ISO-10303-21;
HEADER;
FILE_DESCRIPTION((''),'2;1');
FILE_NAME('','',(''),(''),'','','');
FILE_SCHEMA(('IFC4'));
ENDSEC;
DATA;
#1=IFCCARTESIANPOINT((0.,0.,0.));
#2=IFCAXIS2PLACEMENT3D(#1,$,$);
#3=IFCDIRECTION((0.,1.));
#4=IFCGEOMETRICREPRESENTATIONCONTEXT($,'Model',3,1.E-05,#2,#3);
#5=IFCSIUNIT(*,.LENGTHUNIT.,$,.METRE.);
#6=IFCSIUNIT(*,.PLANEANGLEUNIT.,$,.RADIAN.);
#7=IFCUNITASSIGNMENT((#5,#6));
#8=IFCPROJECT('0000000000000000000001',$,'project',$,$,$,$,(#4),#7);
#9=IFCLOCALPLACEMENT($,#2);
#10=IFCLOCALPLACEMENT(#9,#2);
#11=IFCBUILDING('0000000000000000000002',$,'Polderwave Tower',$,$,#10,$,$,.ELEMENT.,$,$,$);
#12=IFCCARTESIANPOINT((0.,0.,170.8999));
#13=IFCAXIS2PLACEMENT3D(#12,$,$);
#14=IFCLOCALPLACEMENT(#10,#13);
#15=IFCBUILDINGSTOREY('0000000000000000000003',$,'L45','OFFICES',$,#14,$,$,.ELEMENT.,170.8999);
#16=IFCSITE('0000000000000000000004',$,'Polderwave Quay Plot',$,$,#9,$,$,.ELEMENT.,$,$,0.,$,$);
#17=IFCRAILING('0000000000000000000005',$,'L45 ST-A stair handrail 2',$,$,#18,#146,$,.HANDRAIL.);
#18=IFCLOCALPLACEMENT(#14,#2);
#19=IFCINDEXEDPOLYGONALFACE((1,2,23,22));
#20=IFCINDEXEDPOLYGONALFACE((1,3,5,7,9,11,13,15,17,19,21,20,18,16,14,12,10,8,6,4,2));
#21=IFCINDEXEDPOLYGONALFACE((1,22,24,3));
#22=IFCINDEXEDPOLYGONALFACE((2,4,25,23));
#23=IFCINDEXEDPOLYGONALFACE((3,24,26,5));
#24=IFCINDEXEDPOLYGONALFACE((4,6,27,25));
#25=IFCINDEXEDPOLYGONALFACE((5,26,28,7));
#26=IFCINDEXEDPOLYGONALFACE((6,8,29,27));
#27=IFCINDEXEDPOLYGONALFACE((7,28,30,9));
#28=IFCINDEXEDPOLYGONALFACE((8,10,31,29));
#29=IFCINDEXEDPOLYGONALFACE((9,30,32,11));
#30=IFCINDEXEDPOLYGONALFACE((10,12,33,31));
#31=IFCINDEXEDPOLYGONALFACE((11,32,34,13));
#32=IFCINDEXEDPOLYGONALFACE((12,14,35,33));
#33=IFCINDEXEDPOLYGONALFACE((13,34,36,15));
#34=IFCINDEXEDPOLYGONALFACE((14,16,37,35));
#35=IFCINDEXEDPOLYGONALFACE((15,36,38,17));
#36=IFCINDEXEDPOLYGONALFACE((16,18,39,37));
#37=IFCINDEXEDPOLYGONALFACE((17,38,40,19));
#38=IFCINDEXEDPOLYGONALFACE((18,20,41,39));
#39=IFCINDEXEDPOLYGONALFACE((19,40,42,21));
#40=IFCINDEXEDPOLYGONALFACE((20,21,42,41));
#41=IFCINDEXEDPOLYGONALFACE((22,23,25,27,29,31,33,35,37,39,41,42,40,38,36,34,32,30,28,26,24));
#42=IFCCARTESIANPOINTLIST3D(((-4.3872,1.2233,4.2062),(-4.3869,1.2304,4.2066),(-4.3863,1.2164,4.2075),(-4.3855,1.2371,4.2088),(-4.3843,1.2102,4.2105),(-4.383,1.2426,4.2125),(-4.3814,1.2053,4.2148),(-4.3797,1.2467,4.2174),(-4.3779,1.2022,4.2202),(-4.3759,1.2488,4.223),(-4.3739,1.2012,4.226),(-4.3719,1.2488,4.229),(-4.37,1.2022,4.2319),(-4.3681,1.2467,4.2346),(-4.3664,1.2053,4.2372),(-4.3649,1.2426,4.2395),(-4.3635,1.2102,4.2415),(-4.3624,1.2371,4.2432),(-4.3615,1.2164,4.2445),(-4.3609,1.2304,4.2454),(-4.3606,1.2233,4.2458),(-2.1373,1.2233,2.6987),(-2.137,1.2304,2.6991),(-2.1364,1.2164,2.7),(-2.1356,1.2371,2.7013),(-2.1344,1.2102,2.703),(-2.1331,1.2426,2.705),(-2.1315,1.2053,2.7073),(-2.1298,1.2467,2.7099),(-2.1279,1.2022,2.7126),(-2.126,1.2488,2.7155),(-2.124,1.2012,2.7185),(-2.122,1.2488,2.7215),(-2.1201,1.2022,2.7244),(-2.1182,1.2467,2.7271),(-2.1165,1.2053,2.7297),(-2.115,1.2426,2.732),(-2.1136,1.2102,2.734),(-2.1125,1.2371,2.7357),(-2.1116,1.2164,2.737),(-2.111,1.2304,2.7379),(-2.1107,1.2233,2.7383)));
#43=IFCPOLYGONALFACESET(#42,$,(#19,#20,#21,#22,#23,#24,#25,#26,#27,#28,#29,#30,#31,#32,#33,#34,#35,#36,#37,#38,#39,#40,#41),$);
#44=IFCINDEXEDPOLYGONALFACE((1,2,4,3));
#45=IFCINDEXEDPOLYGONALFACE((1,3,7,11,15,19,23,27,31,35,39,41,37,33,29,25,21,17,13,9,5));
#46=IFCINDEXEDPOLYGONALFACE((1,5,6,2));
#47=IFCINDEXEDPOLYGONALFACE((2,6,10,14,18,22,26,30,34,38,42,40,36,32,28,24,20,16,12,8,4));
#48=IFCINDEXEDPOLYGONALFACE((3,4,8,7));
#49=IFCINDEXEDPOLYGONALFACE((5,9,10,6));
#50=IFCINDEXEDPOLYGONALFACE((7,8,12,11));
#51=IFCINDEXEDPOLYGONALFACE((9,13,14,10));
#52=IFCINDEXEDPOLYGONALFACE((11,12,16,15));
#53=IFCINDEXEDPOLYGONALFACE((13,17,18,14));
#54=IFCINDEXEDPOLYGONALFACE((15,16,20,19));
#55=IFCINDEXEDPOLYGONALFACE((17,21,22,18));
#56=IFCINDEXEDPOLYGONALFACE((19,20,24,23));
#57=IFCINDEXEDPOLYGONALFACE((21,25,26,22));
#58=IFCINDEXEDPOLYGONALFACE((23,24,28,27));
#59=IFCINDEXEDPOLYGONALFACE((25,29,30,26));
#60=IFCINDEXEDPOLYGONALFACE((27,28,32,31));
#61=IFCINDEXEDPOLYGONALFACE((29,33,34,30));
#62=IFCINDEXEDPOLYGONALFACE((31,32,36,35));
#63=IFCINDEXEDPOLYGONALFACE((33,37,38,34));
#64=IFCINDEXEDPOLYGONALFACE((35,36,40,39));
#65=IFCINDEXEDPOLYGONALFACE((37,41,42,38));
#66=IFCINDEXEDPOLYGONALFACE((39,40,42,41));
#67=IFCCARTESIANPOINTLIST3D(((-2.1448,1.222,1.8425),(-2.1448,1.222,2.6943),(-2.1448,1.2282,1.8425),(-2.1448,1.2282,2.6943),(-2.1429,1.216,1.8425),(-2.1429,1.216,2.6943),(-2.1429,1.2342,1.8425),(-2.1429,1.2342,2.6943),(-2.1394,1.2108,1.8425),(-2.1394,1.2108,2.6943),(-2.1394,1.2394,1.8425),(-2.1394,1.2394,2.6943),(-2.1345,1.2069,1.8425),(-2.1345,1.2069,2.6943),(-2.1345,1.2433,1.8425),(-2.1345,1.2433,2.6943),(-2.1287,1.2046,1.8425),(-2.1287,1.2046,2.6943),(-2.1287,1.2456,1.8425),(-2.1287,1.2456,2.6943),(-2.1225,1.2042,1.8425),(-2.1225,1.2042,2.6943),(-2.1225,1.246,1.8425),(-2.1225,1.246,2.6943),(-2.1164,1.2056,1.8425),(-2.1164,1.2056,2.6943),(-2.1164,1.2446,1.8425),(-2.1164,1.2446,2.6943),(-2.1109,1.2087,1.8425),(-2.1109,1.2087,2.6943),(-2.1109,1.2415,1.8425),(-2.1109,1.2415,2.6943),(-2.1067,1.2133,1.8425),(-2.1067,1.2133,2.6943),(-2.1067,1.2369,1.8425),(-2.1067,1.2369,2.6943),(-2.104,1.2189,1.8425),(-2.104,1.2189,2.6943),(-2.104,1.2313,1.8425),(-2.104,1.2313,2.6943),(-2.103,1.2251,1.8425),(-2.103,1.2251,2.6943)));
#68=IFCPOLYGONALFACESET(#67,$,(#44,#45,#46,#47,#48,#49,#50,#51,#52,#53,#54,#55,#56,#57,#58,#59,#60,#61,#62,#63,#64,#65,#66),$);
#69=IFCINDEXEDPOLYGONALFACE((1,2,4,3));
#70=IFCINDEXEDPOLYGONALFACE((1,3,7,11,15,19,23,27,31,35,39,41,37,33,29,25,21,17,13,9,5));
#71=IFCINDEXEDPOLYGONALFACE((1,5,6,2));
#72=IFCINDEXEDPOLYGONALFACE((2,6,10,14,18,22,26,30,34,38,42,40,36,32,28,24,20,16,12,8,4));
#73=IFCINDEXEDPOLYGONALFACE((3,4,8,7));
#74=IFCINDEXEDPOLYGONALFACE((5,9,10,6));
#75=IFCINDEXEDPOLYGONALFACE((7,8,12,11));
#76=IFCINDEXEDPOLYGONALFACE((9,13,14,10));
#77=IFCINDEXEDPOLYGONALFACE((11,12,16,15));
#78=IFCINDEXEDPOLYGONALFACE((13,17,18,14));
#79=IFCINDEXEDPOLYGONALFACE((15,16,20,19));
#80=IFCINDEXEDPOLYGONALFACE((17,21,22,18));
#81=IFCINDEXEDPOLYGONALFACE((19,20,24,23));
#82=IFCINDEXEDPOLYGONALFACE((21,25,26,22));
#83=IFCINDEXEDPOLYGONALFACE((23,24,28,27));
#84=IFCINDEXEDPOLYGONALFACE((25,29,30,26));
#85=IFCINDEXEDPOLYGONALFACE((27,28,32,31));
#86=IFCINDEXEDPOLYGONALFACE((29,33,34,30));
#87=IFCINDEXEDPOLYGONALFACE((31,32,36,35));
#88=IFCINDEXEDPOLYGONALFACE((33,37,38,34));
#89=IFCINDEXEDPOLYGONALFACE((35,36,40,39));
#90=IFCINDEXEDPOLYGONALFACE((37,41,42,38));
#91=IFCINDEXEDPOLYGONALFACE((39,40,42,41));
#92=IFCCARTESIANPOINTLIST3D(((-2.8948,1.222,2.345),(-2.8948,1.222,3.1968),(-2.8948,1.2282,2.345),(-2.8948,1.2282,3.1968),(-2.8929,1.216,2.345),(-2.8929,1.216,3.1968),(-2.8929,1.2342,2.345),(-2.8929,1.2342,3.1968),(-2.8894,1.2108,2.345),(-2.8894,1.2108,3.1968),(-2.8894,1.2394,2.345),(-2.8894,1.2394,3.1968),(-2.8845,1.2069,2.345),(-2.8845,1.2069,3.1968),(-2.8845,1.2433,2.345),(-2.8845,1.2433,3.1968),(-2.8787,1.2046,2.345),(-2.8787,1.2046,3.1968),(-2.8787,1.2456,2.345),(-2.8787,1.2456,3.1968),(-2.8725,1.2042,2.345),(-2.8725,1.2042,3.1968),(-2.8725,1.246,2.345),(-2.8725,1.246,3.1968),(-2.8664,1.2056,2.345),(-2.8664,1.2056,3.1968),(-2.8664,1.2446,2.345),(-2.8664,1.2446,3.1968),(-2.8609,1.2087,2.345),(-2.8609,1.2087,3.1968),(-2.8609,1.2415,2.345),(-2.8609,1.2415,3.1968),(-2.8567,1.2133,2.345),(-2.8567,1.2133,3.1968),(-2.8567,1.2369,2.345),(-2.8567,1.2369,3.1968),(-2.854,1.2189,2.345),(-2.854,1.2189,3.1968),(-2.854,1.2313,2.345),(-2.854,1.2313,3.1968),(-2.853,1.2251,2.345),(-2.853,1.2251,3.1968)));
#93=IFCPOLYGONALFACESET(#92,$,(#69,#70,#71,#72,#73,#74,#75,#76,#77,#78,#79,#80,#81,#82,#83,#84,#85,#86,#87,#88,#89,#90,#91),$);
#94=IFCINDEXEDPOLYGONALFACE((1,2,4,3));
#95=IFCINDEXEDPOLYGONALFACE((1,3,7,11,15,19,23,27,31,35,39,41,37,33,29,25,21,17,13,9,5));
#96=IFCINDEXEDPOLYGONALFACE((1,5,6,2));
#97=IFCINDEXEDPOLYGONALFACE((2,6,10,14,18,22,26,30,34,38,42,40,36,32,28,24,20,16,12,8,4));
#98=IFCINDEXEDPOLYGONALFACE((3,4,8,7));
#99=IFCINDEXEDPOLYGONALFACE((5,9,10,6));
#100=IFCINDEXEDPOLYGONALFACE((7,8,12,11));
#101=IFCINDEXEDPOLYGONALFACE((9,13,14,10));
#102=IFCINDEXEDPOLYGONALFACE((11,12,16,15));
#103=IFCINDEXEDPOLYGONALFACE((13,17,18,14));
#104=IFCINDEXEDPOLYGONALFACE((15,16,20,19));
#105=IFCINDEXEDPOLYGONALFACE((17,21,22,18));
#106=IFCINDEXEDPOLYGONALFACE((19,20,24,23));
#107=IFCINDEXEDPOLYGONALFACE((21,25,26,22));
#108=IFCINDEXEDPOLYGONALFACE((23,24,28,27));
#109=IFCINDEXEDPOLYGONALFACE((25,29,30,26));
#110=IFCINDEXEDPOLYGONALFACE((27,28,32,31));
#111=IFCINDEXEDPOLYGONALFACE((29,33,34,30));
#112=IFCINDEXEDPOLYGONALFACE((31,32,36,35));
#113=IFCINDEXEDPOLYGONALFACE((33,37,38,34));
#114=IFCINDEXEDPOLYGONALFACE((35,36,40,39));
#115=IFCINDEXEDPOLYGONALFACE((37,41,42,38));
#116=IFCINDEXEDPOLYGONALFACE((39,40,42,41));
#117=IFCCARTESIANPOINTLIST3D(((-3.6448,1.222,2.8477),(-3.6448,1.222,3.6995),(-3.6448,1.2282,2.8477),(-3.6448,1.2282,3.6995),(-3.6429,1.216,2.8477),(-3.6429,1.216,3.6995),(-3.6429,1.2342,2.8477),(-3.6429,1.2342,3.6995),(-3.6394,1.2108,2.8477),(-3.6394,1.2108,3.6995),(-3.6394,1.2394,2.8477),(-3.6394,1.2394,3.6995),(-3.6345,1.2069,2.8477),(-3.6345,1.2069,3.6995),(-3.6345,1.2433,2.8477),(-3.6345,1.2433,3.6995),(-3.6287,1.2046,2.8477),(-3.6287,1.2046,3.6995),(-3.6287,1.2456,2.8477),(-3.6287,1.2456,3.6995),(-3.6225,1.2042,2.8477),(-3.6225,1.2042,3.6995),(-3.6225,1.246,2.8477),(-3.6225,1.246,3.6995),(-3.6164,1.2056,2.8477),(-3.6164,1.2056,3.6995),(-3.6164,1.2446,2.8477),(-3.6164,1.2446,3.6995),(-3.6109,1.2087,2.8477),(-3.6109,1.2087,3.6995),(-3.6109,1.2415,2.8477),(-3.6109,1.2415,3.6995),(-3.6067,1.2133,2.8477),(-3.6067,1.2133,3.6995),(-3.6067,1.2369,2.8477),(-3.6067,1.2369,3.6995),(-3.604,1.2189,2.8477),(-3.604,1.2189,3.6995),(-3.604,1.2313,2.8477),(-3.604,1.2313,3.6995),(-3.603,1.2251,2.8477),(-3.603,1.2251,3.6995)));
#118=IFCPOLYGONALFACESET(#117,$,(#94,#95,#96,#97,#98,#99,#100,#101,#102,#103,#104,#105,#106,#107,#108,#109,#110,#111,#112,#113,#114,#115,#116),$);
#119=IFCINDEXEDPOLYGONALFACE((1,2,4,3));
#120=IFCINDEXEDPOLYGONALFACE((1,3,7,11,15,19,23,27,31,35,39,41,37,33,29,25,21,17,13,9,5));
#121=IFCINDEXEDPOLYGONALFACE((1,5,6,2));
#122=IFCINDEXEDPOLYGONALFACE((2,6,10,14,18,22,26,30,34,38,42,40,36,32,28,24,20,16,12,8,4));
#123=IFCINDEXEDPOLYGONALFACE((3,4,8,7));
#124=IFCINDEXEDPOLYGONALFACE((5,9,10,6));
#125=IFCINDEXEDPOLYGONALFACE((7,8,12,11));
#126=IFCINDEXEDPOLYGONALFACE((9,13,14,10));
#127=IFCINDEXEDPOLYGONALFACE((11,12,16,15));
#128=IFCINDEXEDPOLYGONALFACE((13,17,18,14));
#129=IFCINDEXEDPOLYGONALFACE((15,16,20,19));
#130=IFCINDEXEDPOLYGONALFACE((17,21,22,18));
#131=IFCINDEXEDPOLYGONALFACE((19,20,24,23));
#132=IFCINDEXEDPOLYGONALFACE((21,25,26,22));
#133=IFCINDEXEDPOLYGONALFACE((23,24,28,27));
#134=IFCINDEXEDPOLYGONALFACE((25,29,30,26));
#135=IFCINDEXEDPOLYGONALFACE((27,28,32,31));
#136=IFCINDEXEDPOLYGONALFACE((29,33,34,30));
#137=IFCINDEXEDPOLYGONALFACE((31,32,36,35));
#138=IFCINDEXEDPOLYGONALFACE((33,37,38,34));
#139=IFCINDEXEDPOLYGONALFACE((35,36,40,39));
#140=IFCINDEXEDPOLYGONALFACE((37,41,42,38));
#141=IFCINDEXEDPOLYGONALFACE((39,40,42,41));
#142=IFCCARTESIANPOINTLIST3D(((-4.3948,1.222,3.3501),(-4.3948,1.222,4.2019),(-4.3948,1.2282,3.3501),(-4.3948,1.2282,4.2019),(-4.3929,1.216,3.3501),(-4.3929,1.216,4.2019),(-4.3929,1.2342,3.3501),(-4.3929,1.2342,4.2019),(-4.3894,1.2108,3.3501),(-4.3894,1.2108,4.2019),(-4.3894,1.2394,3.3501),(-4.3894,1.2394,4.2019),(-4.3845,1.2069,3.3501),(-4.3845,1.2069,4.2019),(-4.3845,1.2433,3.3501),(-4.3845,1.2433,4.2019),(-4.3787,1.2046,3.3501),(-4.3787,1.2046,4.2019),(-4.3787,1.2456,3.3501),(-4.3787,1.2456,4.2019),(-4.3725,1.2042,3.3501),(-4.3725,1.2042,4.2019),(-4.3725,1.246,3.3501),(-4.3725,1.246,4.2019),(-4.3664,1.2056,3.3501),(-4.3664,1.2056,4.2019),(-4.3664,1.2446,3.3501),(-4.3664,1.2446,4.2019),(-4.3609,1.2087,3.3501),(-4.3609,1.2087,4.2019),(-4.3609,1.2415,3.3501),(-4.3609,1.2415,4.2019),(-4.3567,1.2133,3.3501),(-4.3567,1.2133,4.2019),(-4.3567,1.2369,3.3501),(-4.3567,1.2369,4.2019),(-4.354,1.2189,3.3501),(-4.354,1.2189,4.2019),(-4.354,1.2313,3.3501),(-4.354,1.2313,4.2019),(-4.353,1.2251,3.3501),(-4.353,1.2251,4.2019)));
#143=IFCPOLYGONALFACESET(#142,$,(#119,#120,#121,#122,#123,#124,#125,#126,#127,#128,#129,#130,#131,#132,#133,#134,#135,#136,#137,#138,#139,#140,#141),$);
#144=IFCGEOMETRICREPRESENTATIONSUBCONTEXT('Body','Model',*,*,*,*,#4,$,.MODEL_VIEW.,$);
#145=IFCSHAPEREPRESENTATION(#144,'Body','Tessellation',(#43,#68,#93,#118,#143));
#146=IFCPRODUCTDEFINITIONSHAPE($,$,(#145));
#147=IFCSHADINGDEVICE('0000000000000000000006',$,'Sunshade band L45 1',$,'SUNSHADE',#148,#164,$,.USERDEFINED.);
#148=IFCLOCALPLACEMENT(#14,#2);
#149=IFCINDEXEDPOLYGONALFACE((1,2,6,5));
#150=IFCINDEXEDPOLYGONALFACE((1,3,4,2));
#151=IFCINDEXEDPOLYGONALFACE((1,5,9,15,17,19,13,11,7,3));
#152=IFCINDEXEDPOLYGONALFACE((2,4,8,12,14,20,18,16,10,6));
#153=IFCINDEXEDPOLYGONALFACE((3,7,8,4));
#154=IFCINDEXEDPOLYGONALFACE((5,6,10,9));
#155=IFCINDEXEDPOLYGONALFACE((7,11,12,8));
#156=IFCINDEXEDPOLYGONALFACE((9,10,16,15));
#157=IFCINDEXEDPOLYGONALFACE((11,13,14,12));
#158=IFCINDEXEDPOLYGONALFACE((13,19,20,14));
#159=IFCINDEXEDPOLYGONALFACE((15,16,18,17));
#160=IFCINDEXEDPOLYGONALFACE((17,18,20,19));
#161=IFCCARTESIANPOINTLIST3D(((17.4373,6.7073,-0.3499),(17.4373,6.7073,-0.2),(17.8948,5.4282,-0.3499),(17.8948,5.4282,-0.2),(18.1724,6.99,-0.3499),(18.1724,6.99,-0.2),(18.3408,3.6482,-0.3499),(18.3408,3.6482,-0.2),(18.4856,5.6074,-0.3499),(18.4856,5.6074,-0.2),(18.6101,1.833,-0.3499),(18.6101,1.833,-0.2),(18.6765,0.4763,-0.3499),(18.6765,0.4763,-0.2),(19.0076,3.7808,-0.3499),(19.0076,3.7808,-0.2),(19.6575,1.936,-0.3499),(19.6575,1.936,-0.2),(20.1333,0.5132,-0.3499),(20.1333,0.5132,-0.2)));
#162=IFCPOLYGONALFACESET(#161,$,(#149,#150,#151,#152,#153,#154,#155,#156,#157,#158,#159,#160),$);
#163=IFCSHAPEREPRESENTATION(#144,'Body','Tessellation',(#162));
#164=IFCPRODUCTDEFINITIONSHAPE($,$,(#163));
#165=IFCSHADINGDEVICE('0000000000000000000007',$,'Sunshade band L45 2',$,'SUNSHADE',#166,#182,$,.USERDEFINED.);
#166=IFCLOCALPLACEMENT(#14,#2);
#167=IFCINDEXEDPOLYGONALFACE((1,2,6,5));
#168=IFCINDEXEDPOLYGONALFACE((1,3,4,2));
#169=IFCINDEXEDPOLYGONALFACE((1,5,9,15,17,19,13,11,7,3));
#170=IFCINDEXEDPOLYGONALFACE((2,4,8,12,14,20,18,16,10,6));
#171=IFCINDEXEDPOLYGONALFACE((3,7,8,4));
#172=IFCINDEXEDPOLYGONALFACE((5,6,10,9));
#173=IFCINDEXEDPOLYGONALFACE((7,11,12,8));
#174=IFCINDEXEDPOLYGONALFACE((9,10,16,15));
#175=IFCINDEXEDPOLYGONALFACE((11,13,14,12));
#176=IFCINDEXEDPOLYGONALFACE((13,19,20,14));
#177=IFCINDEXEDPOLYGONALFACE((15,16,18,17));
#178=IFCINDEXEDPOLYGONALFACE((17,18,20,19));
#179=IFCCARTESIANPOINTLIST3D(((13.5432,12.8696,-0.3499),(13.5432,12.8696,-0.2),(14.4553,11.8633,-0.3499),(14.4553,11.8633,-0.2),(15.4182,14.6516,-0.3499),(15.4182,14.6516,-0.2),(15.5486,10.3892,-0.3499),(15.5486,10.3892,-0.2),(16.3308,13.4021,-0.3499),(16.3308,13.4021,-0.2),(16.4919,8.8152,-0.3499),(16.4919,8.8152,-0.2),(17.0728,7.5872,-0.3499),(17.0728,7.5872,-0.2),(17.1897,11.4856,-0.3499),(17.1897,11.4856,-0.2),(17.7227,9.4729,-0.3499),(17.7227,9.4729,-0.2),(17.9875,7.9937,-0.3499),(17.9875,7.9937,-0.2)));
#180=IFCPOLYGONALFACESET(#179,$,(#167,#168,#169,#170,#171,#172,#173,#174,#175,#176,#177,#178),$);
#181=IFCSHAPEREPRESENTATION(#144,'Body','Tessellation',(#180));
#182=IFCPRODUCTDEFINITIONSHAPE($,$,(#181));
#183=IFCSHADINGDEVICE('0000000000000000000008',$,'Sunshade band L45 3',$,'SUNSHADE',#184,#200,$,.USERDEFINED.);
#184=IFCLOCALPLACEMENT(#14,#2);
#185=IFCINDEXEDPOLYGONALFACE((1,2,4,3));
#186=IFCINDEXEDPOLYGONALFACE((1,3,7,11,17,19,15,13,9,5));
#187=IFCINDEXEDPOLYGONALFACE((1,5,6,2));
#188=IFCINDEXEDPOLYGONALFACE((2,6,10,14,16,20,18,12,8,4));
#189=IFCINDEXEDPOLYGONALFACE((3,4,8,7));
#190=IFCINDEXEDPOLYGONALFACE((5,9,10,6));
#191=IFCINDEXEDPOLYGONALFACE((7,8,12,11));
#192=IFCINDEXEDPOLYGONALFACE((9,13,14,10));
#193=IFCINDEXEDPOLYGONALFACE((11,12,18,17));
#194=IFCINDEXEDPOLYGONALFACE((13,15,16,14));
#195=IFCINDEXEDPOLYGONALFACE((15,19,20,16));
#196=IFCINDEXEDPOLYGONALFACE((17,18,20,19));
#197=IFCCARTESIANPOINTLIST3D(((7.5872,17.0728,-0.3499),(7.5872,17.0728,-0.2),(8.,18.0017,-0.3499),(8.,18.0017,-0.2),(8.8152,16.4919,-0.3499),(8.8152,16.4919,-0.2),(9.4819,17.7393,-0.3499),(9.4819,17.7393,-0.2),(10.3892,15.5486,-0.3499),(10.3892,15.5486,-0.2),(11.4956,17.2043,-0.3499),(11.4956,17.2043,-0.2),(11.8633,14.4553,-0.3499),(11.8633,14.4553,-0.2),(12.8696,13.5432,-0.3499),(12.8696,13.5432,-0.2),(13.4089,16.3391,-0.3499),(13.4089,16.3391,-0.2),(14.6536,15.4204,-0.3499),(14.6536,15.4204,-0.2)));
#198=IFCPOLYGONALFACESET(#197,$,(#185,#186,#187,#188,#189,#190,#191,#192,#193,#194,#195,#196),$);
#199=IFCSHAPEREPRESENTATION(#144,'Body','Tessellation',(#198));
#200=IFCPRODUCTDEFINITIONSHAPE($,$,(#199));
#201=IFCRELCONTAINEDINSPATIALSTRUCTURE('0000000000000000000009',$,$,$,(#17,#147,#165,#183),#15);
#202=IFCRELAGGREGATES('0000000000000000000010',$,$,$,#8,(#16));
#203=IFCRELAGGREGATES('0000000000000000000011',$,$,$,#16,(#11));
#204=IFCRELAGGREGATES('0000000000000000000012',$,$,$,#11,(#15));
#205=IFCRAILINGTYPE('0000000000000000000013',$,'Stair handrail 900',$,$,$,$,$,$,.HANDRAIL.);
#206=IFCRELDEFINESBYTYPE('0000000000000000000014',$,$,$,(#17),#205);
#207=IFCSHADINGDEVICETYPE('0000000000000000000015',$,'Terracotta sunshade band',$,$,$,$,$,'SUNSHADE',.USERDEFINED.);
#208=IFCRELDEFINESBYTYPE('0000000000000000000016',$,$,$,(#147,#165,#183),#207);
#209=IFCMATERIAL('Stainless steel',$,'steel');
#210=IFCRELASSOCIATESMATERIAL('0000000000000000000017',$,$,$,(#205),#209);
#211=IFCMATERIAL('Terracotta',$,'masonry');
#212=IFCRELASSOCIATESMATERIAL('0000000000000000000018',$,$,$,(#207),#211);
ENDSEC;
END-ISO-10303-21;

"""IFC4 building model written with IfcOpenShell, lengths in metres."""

from ifc_helpers import new_model, si_unit, direction, frame, origin, origin_2d, place, context, subcontext, project, spatial, polyline, circle, outline, extrude, material, type_object, element, save


model = new_model("IFC4")

# Units and contexts
model_context = context("Model", 3, precision=1e-05, world=origin(), true_north=direction((0.0, 1.0)))
body_context = subcontext(model_context, "Body", "Model", "MODEL_VIEW")
ifc_project = project(units=[si_unit("LENGTHUNIT", "METRE"), si_unit("PLANEANGLEUNIT", "RADIAN")], contexts=[model_context])

# Site, building, storey
site_placement = place(None, origin())
site = spatial("IfcSite", under=ifc_project, at=site_placement, Name="Polderwave Quay Plot", CompositionType="ELEMENT", RefElevation=0.0)
building_placement = place(site_placement, origin())
building = spatial("IfcBuilding", under=site, at=building_placement, Name="Polderwave Tower", CompositionType="ELEMENT")
storey_placement = place(building_placement, frame((0.0, 0.0, 170.8999)))
storey = spatial("IfcBuildingStorey", under=building, at=storey_placement, Name="L45", Description="OFFICES", CompositionType="ELEMENT", Elevation=170.8999)

# Shared definitions
ifc_material_1 = material(Name="Stainless steel", Category="steel")

# Railing
railing_type_1 = type_object("IfcRailingType", Name="Stair handrail 900", PredefinedType="HANDRAIL", material=ifc_material_1)
railing_1_placement = place(storey_placement, frame((-2.124, 1.2251, 1.8425)))
element("IfcRailing", 1, at=railing_1_placement, inside=storey, type_object=railing_type_1, Name="L45 ST-A stair handrail 2", PredefinedType="HANDRAIL", context=body_context, shape_type="SweptSolid", body=[
    extrude(circle(Radius=0.0239, at=origin_2d()), frame((0.0, 0.0, 0.876), z_axis=(-0.830758, 0.0, 0.556633), x_axis=(0.0, -1.0, 0.0)), (0.0, 0.0, 1.0), 2.7083),
    extrude(circle(Radius=0.021, at=origin_2d()), origin(), (0.0, 0.0, 1.0), 0.8518),
    extrude(circle(Radius=0.021, at=origin_2d()), frame((-0.75, 0.0, 0.5024)), (0.0, 0.0, 1.0), 0.8518),
    extrude(circle(Radius=0.021, at=origin_2d()), frame((-1.5, 0.0, 1.0051)), (0.0, 0.0, 1.0), 0.8518),
    extrude(circle(Radius=0.021, at=origin_2d()), frame((-2.25, 0.0, 1.5076)), (0.0, 0.0, 1.0), 0.8518),
])

# Shading devices
ifc_material_2 = material(Name="Terracotta", Category="masonry")
shading_device_type = type_object("IfcShadingDeviceType", Name="Terracotta sunshade band", ElementType="SUNSHADE", PredefinedType="USERDEFINED", material=ifc_material_2)
shading_device_1_placement = place(storey_placement, frame((0.0, 0.0, -0.3499)))
element("IfcShadingDevice", 2, at=shading_device_1_placement, inside=storey, type_object=shading_device_type, Name="Sunshade band L45 1", ObjectType="SUNSHADE", PredefinedType="USERDEFINED", context=body_context, shape_type="SweptSolid", body=[
    extrude(outline(polyline([(18.6765, 0.4763), (18.6101, 1.833), (18.3408, 3.6482), (17.8948, 5.4282), (17.4373, 6.7073), (18.1724, 6.99), (18.4856, 5.6074), (19.0076, 3.7808), (19.6575, 1.936), (20.1333, 0.5132), (18.6765, 0.4763)])), origin(), (0.0, 0.0, 1.0), 0.1499),
])
shading_device_2_placement = place(storey_placement, frame((0.0, 0.0, -0.3499)))
element("IfcShadingDevice", 3, at=shading_device_2_placement, inside=storey, type_object=shading_device_type, Name="Sunshade band L45 2", ObjectType="SUNSHADE", PredefinedType="USERDEFINED", context=body_context, shape_type="SweptSolid", body=[
    extrude(outline(polyline([(17.0728, 7.5872), (16.4919, 8.8152), (15.5486, 10.3892), (14.4553, 11.8633), (13.5432, 12.8696), (15.4182, 14.6516), (16.3308, 13.4021), (17.1897, 11.4856), (17.7227, 9.4729), (17.9875, 7.9937), (17.0728, 7.5872)])), origin(), (0.0, 0.0, 1.0), 0.1499),
])
shading_device_3_placement = place(storey_placement, frame((0.0, 0.0, -0.3499)))
element("IfcShadingDevice", 4, at=shading_device_3_placement, inside=storey, type_object=shading_device_type, Name="Sunshade band L45 3", ObjectType="SUNSHADE", PredefinedType="USERDEFINED", context=body_context, shape_type="SweptSolid", body=[
    extrude(outline(polyline([(12.8696, 13.5432), (11.8633, 14.4553), (10.3892, 15.5486), (8.8152, 16.4919), (7.5872, 17.0728), (8.0, 18.0017), (9.4819, 17.7393), (11.4956, 17.2043), (13.4089, 16.3391), (14.6536, 15.4204), (12.8696, 13.5432)])), origin(), (0.0, 0.0, 1.0), 0.1499),
])

save(model, "model.ifc")
